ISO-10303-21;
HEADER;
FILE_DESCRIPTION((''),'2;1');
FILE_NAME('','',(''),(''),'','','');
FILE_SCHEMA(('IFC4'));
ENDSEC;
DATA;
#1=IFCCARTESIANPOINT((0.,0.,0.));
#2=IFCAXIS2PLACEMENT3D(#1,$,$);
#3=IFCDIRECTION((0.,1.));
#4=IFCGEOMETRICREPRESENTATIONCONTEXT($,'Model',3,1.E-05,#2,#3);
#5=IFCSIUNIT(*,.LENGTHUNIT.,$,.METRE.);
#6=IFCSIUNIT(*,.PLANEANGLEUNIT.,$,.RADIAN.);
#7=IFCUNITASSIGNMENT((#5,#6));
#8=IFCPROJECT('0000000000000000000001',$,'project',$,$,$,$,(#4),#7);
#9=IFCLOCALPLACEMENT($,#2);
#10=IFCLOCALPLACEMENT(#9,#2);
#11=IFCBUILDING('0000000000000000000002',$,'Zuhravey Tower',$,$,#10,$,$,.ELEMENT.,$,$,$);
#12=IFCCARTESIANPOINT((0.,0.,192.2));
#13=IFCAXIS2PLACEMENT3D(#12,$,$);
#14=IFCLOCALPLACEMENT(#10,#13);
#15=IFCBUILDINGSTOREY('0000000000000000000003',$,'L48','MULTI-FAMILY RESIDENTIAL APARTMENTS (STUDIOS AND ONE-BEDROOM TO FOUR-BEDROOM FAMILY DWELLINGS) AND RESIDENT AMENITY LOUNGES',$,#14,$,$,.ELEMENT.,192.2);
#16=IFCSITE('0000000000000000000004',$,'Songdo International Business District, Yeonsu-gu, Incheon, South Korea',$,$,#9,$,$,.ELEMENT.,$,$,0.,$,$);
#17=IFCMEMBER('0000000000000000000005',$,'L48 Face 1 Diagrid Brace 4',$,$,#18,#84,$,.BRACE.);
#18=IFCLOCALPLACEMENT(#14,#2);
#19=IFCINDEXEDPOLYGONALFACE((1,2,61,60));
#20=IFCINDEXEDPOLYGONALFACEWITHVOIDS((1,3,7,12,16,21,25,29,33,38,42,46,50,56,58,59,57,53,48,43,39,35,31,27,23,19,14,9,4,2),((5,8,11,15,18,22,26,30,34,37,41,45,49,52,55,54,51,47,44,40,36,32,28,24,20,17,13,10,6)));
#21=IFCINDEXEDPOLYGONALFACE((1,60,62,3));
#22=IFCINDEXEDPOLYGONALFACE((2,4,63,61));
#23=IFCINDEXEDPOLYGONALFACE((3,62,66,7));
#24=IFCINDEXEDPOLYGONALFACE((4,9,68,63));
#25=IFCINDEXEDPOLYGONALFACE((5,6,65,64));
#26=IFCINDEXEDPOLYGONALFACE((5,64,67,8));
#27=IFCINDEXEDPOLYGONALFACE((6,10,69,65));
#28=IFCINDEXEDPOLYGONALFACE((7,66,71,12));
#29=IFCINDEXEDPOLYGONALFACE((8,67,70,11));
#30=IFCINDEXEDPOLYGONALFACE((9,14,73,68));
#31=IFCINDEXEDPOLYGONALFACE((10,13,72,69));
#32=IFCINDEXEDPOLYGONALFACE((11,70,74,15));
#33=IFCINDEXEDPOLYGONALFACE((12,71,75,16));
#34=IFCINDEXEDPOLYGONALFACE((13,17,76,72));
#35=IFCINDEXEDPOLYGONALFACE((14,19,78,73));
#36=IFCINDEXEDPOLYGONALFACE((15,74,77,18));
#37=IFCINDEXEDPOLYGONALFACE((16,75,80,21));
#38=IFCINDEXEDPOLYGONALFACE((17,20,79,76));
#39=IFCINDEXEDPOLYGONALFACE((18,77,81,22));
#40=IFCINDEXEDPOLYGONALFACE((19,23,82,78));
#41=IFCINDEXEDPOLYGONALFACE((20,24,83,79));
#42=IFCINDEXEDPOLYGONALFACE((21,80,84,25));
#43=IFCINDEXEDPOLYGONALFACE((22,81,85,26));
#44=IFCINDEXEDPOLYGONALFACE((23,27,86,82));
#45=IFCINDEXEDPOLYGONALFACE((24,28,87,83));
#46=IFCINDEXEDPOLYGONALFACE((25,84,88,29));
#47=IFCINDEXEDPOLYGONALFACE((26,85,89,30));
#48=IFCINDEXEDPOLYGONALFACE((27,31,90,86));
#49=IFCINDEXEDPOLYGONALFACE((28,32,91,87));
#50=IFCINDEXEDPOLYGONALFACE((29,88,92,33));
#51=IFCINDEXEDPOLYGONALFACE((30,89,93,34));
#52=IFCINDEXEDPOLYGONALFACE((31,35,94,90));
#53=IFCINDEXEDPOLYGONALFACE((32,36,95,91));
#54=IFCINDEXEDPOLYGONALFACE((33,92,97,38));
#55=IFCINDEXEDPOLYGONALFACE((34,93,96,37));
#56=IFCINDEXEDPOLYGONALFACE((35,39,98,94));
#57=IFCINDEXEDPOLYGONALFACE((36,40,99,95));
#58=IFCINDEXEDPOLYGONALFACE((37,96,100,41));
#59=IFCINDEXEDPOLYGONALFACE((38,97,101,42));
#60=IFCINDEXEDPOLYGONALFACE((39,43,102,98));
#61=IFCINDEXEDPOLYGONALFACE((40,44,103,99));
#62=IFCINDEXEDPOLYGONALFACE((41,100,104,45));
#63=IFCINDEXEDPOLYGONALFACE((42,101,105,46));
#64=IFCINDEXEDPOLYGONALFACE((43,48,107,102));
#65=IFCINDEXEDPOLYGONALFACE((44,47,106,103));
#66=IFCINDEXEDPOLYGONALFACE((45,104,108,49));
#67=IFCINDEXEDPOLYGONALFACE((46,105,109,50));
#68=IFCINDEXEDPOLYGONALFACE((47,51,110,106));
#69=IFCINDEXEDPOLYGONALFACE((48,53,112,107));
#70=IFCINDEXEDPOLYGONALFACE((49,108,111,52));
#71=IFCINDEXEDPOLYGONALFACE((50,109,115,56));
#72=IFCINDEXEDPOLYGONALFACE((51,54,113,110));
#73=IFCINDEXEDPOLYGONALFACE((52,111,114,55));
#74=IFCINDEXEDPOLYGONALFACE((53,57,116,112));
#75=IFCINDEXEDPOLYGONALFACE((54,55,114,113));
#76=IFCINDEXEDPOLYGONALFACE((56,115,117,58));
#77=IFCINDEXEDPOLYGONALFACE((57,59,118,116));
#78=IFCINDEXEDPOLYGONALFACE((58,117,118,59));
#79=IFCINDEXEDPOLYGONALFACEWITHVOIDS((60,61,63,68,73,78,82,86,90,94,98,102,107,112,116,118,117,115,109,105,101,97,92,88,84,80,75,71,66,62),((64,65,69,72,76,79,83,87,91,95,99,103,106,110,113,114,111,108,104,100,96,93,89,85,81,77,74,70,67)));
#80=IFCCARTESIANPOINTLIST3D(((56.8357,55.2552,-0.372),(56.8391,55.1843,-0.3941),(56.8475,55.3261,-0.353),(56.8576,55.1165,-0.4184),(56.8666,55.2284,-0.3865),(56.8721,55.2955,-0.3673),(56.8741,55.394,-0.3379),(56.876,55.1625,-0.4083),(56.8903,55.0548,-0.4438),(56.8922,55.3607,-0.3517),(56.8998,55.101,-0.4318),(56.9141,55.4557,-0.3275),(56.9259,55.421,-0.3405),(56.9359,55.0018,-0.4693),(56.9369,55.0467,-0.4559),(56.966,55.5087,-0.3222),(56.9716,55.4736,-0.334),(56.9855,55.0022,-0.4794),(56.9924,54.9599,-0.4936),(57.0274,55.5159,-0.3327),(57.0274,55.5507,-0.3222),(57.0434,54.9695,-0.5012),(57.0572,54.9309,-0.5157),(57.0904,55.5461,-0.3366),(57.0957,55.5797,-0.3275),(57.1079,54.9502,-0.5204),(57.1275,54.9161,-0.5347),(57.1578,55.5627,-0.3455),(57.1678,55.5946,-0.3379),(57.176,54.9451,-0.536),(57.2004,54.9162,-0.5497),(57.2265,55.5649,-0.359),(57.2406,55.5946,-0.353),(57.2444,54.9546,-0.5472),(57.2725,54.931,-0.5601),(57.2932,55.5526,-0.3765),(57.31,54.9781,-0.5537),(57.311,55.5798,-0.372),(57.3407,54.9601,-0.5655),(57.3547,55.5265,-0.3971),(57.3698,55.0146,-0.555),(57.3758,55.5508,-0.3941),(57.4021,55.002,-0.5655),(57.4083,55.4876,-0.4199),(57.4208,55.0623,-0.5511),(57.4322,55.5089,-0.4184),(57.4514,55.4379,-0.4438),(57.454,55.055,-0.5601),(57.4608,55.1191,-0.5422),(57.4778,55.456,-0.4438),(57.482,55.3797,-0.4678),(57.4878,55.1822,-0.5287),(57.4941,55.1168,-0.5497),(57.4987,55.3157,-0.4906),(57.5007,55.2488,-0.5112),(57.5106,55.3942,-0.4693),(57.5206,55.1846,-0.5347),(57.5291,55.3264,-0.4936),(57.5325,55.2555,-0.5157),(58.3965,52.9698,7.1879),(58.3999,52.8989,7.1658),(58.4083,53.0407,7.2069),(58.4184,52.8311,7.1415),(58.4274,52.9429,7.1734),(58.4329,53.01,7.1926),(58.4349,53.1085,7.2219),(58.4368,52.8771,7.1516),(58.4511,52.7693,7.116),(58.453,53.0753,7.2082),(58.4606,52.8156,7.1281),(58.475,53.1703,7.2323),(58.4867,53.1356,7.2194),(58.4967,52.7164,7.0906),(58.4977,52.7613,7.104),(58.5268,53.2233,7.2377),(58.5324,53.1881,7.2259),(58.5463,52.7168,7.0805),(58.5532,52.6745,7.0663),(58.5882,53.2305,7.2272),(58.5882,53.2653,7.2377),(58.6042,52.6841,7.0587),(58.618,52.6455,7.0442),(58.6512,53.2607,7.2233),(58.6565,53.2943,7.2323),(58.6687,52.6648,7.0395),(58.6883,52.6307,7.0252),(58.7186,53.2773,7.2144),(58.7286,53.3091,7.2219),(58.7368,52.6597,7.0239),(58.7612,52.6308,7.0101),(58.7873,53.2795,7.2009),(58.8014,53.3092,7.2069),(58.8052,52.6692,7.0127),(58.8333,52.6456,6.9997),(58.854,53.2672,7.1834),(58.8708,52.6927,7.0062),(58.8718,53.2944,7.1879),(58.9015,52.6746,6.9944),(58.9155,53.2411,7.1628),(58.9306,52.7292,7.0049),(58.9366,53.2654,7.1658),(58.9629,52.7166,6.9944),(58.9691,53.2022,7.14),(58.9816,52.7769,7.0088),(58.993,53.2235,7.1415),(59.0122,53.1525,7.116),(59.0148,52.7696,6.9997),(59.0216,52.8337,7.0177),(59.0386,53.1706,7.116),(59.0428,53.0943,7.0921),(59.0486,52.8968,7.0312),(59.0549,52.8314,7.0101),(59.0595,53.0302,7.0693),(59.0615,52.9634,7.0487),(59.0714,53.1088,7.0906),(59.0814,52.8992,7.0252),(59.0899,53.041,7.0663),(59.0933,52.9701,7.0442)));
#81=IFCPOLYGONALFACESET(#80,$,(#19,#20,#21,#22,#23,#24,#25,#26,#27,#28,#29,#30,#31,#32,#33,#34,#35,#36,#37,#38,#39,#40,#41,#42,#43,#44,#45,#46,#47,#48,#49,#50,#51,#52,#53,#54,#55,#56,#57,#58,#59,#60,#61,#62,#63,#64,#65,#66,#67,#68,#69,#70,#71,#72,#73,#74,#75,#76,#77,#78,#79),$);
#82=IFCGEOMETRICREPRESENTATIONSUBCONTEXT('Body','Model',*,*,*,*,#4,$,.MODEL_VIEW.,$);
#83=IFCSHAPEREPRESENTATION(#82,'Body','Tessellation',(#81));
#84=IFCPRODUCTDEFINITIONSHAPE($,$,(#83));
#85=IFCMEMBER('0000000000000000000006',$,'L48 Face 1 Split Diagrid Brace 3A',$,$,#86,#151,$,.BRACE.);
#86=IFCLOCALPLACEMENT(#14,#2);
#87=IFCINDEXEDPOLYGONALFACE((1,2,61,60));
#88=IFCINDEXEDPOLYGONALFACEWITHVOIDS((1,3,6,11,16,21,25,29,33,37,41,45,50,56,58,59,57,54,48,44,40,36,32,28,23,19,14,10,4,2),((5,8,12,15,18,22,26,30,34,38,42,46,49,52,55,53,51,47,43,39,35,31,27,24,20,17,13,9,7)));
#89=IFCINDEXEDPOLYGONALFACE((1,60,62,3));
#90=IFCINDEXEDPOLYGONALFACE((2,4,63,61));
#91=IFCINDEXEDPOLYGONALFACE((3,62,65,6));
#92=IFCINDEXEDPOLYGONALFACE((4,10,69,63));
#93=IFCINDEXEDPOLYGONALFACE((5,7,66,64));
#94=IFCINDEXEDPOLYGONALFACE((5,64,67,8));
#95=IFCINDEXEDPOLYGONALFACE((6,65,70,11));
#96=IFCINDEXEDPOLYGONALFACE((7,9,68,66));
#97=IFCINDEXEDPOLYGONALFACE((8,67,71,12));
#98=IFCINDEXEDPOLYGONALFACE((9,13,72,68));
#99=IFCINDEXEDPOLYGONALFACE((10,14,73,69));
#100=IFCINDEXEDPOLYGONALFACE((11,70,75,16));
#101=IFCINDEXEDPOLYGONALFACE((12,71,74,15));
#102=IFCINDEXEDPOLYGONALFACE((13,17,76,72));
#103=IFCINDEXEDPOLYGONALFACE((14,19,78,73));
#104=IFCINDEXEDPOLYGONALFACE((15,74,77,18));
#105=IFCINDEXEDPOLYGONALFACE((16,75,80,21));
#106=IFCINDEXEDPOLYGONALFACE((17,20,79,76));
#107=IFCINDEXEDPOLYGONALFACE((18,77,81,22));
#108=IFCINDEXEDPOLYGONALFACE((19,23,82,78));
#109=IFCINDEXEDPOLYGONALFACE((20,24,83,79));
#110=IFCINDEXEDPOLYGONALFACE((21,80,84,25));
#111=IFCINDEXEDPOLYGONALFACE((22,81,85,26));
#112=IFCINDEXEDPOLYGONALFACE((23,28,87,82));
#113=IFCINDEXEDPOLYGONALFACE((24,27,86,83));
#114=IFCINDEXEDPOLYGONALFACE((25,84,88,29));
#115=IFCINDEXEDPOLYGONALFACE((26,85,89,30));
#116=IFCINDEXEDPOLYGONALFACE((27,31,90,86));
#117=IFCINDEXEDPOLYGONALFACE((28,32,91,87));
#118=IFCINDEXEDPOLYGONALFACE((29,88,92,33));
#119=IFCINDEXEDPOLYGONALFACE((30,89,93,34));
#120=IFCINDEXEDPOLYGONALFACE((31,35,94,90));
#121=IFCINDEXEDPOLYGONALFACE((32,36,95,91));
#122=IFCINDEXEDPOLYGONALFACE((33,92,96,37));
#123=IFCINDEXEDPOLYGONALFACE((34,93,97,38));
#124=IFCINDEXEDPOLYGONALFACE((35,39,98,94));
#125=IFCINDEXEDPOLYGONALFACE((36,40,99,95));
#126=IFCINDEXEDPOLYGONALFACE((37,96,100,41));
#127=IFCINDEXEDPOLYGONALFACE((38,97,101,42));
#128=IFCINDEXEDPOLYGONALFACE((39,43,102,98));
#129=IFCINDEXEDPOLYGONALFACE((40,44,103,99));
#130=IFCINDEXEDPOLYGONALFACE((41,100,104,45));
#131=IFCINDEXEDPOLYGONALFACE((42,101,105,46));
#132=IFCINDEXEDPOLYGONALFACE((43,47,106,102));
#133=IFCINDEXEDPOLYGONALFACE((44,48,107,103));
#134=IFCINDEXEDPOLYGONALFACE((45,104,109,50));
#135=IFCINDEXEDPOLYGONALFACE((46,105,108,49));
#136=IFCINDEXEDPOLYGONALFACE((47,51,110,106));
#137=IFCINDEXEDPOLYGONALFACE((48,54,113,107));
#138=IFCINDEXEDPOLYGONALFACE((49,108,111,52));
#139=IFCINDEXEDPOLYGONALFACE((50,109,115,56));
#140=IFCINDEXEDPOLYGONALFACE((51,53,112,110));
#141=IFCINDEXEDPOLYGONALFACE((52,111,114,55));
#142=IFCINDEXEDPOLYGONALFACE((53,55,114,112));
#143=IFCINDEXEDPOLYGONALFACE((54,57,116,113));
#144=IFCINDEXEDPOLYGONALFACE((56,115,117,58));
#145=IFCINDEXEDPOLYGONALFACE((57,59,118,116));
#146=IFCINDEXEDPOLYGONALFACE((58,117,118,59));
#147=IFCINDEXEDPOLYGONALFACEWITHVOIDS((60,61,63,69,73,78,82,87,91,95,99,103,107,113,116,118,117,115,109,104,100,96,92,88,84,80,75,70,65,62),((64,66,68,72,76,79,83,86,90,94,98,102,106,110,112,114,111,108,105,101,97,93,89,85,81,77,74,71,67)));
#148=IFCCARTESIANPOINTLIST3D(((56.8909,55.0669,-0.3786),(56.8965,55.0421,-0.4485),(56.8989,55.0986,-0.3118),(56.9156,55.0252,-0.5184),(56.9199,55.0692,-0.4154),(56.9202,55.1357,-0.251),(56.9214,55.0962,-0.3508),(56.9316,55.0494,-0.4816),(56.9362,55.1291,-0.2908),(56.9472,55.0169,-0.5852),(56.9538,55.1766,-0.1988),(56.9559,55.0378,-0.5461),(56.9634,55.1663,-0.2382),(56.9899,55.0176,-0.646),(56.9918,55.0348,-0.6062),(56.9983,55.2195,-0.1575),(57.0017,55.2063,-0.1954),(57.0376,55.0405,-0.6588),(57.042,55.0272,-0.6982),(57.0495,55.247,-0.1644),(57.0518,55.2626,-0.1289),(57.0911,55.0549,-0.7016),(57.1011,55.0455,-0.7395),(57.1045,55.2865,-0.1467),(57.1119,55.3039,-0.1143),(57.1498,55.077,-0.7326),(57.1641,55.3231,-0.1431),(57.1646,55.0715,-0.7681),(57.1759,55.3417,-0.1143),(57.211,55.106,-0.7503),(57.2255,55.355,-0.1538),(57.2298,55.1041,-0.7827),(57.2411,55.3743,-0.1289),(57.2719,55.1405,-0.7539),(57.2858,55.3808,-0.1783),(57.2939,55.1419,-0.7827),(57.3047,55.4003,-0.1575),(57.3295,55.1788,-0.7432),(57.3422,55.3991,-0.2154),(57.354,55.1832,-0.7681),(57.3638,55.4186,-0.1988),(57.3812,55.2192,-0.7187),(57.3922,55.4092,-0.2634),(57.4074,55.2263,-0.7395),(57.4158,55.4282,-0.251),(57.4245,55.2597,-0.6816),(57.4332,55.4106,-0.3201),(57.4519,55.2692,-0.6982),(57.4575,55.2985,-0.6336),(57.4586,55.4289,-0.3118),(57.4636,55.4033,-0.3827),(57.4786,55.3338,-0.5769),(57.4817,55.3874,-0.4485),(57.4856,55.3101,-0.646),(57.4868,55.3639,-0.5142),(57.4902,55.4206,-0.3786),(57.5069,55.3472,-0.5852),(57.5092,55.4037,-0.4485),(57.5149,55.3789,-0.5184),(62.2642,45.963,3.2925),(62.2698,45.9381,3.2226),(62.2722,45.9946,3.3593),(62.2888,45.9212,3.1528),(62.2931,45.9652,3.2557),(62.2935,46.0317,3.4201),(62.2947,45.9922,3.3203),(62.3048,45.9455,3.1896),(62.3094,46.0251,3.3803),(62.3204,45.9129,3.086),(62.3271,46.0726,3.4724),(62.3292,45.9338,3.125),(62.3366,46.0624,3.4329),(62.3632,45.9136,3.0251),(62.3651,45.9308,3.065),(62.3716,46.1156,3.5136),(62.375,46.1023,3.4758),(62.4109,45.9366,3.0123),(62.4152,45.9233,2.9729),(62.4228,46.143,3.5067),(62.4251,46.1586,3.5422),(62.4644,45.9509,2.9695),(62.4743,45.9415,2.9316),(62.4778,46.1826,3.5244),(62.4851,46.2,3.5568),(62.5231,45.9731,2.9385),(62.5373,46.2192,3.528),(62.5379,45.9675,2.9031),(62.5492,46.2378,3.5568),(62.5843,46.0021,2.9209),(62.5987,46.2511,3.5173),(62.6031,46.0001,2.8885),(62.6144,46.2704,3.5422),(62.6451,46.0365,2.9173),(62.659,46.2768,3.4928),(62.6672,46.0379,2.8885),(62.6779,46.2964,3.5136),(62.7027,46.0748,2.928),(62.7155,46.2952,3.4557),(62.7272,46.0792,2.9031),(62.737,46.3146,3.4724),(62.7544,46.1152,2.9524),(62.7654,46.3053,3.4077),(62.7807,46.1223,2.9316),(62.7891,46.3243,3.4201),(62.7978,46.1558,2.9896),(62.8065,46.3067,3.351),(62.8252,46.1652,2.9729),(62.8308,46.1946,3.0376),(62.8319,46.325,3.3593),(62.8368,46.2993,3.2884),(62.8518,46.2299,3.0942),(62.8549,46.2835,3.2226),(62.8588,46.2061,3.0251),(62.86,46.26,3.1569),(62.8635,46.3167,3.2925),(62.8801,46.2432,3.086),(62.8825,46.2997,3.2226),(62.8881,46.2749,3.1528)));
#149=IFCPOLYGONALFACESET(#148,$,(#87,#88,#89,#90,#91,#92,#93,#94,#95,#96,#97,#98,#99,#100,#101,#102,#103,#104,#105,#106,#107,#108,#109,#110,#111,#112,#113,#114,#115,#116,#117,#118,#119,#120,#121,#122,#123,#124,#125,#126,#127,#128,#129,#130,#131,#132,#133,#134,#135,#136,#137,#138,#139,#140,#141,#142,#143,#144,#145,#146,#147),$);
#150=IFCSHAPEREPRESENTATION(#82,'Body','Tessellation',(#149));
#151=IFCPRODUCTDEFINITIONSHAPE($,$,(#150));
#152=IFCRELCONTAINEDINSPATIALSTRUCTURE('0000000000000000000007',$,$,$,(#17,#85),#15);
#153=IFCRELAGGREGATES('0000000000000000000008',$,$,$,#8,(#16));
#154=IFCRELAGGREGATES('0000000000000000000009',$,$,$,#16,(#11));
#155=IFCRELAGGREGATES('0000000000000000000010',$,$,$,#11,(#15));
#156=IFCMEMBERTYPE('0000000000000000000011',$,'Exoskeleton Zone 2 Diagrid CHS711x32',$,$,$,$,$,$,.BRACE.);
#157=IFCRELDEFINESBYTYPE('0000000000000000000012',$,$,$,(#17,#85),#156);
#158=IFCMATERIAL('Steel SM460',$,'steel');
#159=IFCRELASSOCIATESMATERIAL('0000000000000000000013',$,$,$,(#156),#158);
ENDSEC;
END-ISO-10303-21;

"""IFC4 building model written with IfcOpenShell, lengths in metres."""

from ifc_helpers import new_model, si_unit, direction, frame, origin, origin_2d, place, context, subcontext, project, spatial, hollow_circle, extrude, material, material_profile, profile_set, type_object, element, save


model = new_model("IFC4")

# Units and contexts
model_context = context("Model", 3, precision=1e-05, world=origin(), true_north=direction((0.0, 1.0)))
body_context = subcontext(model_context, "Body", "Model", "MODEL_VIEW")
ifc_project = project(units=[si_unit("LENGTHUNIT", "METRE"), si_unit("PLANEANGLEUNIT", "RADIAN")], contexts=[model_context])

# Site, building, storey
site_placement = place(None, origin())
site = spatial("IfcSite", under=ifc_project, at=site_placement, Name="Songdo International Business District, Yeonsu-gu, Incheon, South Korea", CompositionType="ELEMENT", RefElevation=0.0)
building_placement = place(site_placement, origin())
building = spatial("IfcBuilding", under=site, at=building_placement, Name="Zuhravey Tower", CompositionType="ELEMENT")
storey_placement = place(building_placement, frame((0.0, 0.0, 192.2)))
storey = spatial("IfcBuildingStorey", under=building, at=storey_placement, Name="L48", Description="MULTI-FAMILY RESIDENTIAL APARTMENTS (STUDIOS AND ONE-BEDROOM TO FOUR-BEDROOM FAMILY DWELLINGS) AND RESIDENT AMENITY LOUNGES", CompositionType="ELEMENT", Elevation=192.2)

# Members
ifc_material_1 = material(Name="Steel SM460", Category="steel")
ifc_material_profile_1 = material_profile(ifc_material_1, hollow_circle(Radius=0.3557, WallThickness=0.032, at=origin_2d()), Name="CHS-711.2x32")
ifc_profile_set_1 = profile_set([ifc_material_profile_1], Name="Steel SM460")
member_type_1 = type_object("IfcMemberType", Name="Exoskeleton Zone 2 Diagrid CHS711x32", PredefinedType="BRACE", material=ifc_profile_set_1)
member_1_placement = place(storey_placement, frame((57.1841, 55.2554, -0.4438), z_axis=(0.193876, -0.283884, 0.939054), x_axis=(0.825796, 0.563969, 0.0)))
element("IfcMember", 1, at=member_1_placement, inside=storey, type_object=member_type_1, Name="L48 Face 1 Diagrid Brace 4", PredefinedType="BRACE", context=body_context, shape_type="SweptSolid", body=[
    extrude(hollow_circle(Radius=0.3557, WallThickness=0.032, at=origin_2d()), origin(), (0.0, 0.0, 1.0), 8.0505),
])
member_2_placement = place(storey_placement, frame((57.2029, 55.2229, -0.4485), z_axis=(0.480156, -0.813531, 0.328052), x_axis=(0.861189, 0.508284, 0.0)))
element("IfcMember", 2, at=member_2_placement, inside=storey, type_object=member_type_1, Name="L48 Face 1 Split Diagrid Brace 3A", PredefinedType="BRACE", context=body_context, shape_type="SweptSolid", body=[
    extrude(hollow_circle(Radius=0.3557, WallThickness=0.032, at=origin_2d()), origin(), (0.0, 0.0, 1.0), 11.1907),
])

save(model, "model.ifc")
